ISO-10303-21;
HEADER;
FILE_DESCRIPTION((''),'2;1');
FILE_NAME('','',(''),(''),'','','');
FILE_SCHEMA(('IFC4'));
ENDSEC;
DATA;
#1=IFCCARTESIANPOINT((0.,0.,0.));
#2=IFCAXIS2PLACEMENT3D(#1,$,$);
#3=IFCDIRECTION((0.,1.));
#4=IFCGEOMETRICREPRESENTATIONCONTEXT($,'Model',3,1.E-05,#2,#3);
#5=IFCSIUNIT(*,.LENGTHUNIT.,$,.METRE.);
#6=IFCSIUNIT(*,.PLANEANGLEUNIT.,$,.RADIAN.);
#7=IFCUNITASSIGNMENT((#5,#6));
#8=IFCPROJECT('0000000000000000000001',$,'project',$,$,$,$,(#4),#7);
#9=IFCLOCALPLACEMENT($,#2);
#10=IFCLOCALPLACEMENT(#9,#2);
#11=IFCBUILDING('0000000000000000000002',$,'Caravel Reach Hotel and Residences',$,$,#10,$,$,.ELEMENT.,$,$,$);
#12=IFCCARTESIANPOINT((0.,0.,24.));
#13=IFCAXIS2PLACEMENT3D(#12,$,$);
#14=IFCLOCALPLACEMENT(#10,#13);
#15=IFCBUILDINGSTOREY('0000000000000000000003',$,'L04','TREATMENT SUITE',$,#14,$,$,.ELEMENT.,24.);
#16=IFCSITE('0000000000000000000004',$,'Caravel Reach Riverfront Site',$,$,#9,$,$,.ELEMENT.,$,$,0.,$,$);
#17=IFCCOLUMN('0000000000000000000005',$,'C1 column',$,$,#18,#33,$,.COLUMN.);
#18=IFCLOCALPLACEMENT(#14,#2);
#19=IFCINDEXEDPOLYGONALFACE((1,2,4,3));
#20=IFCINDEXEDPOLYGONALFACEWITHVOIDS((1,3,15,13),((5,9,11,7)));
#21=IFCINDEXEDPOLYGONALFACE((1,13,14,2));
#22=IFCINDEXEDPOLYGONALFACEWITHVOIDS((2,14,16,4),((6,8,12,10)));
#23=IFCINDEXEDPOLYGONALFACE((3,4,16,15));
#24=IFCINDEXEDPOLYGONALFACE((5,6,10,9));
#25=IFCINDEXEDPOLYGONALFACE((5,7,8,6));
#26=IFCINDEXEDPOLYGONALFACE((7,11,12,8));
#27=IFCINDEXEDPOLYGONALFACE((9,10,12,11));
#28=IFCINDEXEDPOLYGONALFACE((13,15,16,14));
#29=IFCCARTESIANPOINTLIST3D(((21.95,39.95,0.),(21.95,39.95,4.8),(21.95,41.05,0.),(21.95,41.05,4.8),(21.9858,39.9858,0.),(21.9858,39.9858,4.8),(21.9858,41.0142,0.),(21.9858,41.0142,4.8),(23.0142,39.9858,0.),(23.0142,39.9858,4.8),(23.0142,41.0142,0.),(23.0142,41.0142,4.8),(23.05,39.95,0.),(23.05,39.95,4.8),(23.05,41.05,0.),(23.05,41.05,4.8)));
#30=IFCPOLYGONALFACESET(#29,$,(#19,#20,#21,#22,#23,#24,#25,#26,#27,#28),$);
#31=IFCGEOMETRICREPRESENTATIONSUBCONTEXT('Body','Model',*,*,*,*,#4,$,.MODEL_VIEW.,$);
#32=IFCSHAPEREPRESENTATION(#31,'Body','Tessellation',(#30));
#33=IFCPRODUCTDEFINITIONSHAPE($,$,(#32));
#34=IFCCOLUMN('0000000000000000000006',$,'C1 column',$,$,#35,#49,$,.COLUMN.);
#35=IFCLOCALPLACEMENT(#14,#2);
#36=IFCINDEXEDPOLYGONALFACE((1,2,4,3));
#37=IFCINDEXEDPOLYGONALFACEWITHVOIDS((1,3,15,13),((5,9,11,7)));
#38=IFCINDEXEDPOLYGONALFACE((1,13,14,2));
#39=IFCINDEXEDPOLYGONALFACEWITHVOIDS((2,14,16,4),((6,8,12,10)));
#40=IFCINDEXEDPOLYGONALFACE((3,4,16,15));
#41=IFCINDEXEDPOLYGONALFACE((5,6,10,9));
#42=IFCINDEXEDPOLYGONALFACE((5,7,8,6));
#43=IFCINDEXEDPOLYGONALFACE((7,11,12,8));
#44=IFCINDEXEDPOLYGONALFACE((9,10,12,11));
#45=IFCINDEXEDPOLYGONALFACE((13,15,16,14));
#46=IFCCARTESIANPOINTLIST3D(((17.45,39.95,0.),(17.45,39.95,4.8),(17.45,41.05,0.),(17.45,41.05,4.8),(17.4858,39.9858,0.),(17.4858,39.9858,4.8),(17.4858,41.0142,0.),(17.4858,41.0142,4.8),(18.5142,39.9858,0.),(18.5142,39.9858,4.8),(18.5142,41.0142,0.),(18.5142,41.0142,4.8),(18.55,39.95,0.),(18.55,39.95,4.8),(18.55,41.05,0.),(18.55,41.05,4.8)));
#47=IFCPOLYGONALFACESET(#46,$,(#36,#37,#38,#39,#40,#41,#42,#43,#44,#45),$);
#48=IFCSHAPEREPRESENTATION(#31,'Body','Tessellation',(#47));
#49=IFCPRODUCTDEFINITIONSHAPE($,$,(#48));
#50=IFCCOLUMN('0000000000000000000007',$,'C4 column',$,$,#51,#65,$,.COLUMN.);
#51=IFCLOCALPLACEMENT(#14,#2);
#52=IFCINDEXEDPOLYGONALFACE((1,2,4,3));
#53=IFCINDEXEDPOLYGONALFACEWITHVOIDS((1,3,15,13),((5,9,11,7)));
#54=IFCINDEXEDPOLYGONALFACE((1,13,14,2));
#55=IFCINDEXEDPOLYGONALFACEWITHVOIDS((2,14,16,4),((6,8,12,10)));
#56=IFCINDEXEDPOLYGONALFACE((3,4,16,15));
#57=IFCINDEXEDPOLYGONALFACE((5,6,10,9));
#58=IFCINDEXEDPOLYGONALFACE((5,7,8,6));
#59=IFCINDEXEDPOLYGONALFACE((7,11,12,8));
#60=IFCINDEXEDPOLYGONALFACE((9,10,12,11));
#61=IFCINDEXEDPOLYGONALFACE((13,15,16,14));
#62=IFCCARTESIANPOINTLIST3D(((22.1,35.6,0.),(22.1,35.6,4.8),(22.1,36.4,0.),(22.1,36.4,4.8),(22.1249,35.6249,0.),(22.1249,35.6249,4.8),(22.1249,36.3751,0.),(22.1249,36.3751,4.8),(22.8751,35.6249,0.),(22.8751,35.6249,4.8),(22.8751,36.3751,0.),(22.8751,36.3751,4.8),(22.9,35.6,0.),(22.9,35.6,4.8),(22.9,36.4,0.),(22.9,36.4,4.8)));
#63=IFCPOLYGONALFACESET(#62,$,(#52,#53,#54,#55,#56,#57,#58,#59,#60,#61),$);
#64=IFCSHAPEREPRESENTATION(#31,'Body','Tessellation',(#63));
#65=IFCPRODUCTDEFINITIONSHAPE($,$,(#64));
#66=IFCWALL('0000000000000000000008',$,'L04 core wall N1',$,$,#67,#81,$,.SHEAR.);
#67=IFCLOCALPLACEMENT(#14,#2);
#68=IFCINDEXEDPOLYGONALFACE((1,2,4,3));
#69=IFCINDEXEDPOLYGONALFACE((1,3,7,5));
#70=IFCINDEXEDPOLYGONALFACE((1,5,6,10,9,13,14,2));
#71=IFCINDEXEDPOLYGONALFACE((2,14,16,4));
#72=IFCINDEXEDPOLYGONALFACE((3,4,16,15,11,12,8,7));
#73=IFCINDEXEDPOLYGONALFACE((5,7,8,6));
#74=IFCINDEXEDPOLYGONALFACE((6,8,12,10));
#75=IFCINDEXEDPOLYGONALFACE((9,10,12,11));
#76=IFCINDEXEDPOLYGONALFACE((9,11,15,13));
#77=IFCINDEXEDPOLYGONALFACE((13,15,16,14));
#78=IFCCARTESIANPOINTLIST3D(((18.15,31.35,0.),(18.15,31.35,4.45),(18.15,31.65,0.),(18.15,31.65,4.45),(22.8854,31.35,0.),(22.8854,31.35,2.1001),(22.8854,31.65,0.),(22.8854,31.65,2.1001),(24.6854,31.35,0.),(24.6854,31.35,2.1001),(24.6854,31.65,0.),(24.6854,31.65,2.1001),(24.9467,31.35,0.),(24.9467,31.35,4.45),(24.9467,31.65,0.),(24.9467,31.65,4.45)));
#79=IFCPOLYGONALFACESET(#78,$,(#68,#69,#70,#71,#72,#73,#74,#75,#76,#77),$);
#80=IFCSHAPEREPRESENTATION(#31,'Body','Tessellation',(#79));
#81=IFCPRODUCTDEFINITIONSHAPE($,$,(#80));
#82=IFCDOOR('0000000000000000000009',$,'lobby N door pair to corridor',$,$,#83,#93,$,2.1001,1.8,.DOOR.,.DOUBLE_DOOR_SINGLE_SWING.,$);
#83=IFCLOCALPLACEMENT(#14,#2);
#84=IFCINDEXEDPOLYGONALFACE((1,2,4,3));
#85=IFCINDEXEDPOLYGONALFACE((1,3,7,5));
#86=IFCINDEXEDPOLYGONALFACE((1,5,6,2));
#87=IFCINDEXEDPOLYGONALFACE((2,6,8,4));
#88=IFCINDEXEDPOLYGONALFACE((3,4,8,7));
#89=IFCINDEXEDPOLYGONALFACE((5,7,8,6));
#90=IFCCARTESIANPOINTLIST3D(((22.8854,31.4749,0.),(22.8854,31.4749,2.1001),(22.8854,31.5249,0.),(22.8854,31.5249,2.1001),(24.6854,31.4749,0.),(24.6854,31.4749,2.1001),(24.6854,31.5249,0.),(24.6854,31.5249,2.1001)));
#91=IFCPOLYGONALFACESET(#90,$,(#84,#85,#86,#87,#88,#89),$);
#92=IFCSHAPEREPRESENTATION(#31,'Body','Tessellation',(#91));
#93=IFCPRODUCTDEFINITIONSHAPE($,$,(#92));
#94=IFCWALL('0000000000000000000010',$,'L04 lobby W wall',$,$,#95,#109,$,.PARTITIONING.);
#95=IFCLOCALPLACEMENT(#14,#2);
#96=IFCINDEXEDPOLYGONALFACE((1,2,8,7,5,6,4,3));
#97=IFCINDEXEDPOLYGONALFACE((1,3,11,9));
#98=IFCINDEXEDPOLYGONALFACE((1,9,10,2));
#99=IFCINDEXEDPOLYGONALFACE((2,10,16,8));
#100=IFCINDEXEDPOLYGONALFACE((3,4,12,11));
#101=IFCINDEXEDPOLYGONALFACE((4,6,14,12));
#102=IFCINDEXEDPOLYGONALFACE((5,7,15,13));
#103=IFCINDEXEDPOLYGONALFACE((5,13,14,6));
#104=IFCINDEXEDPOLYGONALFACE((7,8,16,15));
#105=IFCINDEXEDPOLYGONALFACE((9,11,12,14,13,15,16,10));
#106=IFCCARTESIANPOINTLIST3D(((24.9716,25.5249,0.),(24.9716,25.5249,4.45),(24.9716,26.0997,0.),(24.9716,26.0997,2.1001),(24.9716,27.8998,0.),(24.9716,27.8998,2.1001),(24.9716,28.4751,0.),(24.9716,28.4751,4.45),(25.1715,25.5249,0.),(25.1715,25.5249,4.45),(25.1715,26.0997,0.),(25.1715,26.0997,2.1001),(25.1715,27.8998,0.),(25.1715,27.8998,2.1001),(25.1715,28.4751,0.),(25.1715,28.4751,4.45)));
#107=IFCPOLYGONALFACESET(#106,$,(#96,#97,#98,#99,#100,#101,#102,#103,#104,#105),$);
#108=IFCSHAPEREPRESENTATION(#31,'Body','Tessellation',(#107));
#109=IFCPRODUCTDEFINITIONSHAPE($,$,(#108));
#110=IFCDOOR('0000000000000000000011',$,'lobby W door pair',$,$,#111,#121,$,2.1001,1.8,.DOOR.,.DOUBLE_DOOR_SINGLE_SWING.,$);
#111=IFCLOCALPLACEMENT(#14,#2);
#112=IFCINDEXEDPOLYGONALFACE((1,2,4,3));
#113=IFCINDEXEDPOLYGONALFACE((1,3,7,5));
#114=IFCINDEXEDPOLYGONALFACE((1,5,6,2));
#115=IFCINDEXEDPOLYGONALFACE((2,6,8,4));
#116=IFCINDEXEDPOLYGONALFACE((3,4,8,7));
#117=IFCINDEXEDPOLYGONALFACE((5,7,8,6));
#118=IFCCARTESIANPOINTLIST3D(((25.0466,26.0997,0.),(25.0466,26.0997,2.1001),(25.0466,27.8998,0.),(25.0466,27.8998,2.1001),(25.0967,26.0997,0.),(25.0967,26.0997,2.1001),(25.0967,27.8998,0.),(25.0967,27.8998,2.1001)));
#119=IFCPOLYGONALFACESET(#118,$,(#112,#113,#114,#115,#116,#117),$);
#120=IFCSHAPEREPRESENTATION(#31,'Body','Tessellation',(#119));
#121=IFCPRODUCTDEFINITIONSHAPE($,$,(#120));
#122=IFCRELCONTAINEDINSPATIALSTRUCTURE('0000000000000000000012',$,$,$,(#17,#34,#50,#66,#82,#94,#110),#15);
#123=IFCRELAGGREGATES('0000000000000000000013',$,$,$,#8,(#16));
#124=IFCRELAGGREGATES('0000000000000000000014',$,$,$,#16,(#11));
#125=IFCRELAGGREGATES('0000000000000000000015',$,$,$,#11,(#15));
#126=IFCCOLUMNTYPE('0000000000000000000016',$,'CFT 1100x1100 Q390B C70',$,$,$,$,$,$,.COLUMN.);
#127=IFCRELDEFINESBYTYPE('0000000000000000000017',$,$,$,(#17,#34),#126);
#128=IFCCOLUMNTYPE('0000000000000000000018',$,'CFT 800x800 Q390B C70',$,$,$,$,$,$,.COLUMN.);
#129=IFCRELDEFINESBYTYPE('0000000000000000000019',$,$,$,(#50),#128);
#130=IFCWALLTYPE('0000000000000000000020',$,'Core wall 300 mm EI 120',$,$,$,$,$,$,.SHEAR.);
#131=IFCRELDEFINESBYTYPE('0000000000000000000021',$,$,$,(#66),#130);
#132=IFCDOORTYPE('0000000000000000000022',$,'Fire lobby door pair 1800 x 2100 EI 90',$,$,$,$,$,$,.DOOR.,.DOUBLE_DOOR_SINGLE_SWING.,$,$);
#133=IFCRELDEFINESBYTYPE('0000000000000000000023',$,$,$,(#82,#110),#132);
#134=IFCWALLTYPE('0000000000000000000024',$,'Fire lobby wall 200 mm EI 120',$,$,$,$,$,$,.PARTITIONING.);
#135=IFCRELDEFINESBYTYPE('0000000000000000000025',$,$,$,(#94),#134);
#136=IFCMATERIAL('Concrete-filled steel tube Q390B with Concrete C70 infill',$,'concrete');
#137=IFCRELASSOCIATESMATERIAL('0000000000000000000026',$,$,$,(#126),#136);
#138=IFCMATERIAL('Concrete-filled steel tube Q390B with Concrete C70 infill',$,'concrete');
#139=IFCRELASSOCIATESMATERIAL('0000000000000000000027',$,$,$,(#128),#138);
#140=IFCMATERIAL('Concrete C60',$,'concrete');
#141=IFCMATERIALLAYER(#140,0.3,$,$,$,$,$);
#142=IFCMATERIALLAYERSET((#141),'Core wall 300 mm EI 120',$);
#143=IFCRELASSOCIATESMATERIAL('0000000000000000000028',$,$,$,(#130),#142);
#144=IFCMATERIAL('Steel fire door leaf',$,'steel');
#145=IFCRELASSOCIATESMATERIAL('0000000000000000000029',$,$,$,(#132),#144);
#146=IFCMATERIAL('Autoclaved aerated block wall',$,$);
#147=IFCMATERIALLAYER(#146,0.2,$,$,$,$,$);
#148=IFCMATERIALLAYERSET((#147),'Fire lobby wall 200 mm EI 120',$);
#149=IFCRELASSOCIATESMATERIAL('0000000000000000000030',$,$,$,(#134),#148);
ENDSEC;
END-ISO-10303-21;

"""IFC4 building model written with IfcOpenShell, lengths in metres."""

from ifc_helpers import new_model, si_unit, direction, frame, frame_2d, origin, origin_2d, place, context, subcontext, project, spatial, rectangle, hollow_rectangle, extrude, material, layer, layer_set, material_profile, profile_set, type_object, element, fill, save


model = new_model("IFC4")

# Units and contexts
model_context = context("Model", 3, precision=1e-05, world=origin(), true_north=direction((0.0, 1.0)))
body_context = subcontext(model_context, "Body", "Model", "MODEL_VIEW")
ifc_project = project(units=[si_unit("LENGTHUNIT", "METRE"), si_unit("PLANEANGLEUNIT", "RADIAN")], contexts=[model_context])

# Site, building, storey
site_placement = place(None, origin())
site = spatial("IfcSite", under=ifc_project, at=site_placement, Name="Caravel Reach Riverfront Site", CompositionType="ELEMENT", RefElevation=0.0)
building_placement = place(site_placement, origin())
building = spatial("IfcBuilding", under=site, at=building_placement, Name="Caravel Reach Hotel and Residences", CompositionType="ELEMENT")
storey_placement = place(building_placement, frame((0.0, 0.0, 24.0)))
storey = spatial("IfcBuildingStorey", under=building, at=storey_placement, Name="L04", Description="TREATMENT SUITE", CompositionType="ELEMENT", Elevation=24.0)

# Columns
ifc_material_1 = material(Name="Concrete-filled steel tube Q390B with Concrete C70 infill", Category="concrete")
ifc_material_profile_1 = material_profile(ifc_material_1, hollow_rectangle(XDim=1.1001, YDim=1.1001, WallThickness=0.0359, at=origin_2d()), Name="RHS 1100x1100x36")
ifc_profile_set_1 = profile_set([ifc_material_profile_1], Name="Concrete-filled steel tube Q390B with Concrete C70 infill")
column_type_1 = type_object("IfcColumnType", Name="CFT 1100x1100 Q390B C70", PredefinedType="COLUMN", material=ifc_profile_set_1)
for number, where, z_axis, x_axis, name in (
    (1, (22.5, 40.5, 0.0), (0.0, 0.0, 1.0), (1.0, 0.0, 0.0), "C1 column"),
    (2, (18.0, 40.5, 0.0), (0.0, 0.0, 1.0), (1.0, 0.0, 0.0), "C1 column"),
):
    element("IfcColumn", number, at=place(storey_placement, frame(where, z_axis=z_axis, x_axis=x_axis)), inside=storey, type_object=column_type_1, Name=name, PredefinedType="COLUMN", context=body_context, shape_type="SweptSolid", body=[
        extrude(hollow_rectangle(XDim=1.1001, YDim=1.1001, WallThickness=0.0359, at=origin_2d()), origin(), (0.0, 0.0, 1.0), 4.8),
    ])
ifc_material_2 = material(Name="Concrete-filled steel tube Q390B with Concrete C70 infill", Category="concrete")
ifc_material_profile_2 = material_profile(ifc_material_2, hollow_rectangle(XDim=0.8, YDim=0.8, WallThickness=0.0249, at=origin_2d()), Name="RHS 800x800x25")
ifc_profile_set_2 = profile_set([ifc_material_profile_2], Name="Concrete-filled steel tube Q390B with Concrete C70 infill")
column_type_2 = type_object("IfcColumnType", Name="CFT 800x800 Q390B C70", PredefinedType="COLUMN", material=ifc_profile_set_2)
column_placement = place(storey_placement, frame((22.5, 36.0, 0.0), z_axis=(0.0, 0.0, 1.0), x_axis=(1.0, 0.0, 0.0)))
element("IfcColumn", 3, at=column_placement, inside=storey, type_object=column_type_2, Name="C4 column", PredefinedType="COLUMN", context=body_context, shape_type="SweptSolid", body=[
    extrude(hollow_rectangle(XDim=0.8, YDim=0.8, WallThickness=0.0249, at=origin_2d()), origin(), (0.0, 0.0, 1.0), 4.8),
])

# Walls, openings, doors
ifc_material_3 = material(Name="Concrete C60", Category="concrete")
ifc_layer_1 = layer(ifc_material_3, 0.3)
ifc_layer_set_1 = layer_set([ifc_layer_1], Name="Core wall 300 mm EI 120")
wall_type_1 = type_object("IfcWallType", Name="Core wall 300 mm EI 120", PredefinedType="SHEAR", material=ifc_layer_set_1)
wall_1_placement = place(storey_placement, frame((18.1499, 31.5, 0.0), z_axis=(0.0, 0.0, 1.0), x_axis=(1.0, 0.0, 0.0)))
wall_1 = element("IfcWall", 4, at=wall_1_placement, inside=storey, type_object=wall_type_1, Name="L04 core wall N1", PredefinedType="SHEAR", context=body_context, shape_type="SweptSolid", body=[
    extrude(rectangle(XDim=6.7966, YDim=0.3, at=frame_2d((3.3984, 0.0))), origin(), (0.0, 0.0, 1.0), 4.45),
])
opening_1_placement = place(wall_1_placement, frame((4.7356, 0.0, 0.0)))
opening_1 = element("IfcOpeningElement", 5, at=opening_1_placement, cuts=wall_1, PredefinedType="OPENING", context=body_context, shape_type="SweptSolid", body=[
    extrude(rectangle(XDim=1.8, YDim=2.1001, at=frame_2d((0.8999, 1.05))), frame((0.0, 0.1599, 0.0), z_axis=(0.0, -1.0, 0.0), x_axis=(1.0, 0.0, 0.0)), (0.0, 0.0, 1.0), 0.3201),
])
ifc_material_4 = material(Name="Steel fire door leaf", Category="steel")
door_type_1 = type_object("IfcDoorType", Name="Fire lobby door pair 1800 x 2100 EI 90", OperationType="DOUBLE_DOOR_SINGLE_SWING", PredefinedType="DOOR", material=ifc_material_4)
door_1_placement = place(opening_1_placement, origin())
door_1 = element("IfcDoor", 6, at=door_1_placement, inside=storey, type_object=door_type_1, Name="lobby N door pair to corridor", OperationType="DOUBLE_DOOR_SINGLE_SWING", OverallHeight=2.1001, OverallWidth=1.8, PredefinedType="DOOR", context=body_context, shape_type="SweptSolid", body=[
    extrude(rectangle(XDim=1.8, YDim=2.1001, at=frame_2d((0.8999, 1.05))), frame((0.0, 0.0249, 0.0), z_axis=(0.0, -1.0, 0.0), x_axis=(1.0, 0.0, 0.0)), (0.0, 0.0, 1.0), 0.05),
])
fill(opening_1, door_1)
ifc_material_5 = material(Name="Autoclaved aerated block wall")
ifc_layer_2 = layer(ifc_material_5, 0.2)
ifc_layer_set_2 = layer_set([ifc_layer_2], Name="Fire lobby wall 200 mm EI 120")
wall_type_2 = type_object("IfcWallType", Name="Fire lobby wall 200 mm EI 120", PredefinedType="PARTITIONING", material=ifc_layer_set_2)
wall_2_placement = place(storey_placement, frame((25.0715, 25.5249, 0.0), z_axis=(0.0, 0.0, 1.0), x_axis=(0.0, 1.0, 0.0)))
wall_2 = element("IfcWall", 7, at=wall_2_placement, inside=storey, type_object=wall_type_2, Name="L04 lobby W wall", PredefinedType="PARTITIONING", context=body_context, shape_type="SweptSolid", body=[
    extrude(rectangle(XDim=2.9502, YDim=0.2, at=frame_2d((1.4751, 0.0))), origin(), (0.0, 0.0, 1.0), 4.45),
])
opening_2_placement = place(wall_2_placement, frame((0.575, 0.0, 0.0)))
opening_2 = element("IfcOpeningElement", 8, at=opening_2_placement, cuts=wall_2, PredefinedType="OPENING", context=body_context, shape_type="SweptSolid", body=[
    extrude(rectangle(XDim=1.8, YDim=2.1001, at=frame_2d((0.8999, 1.05))), frame((0.0, 0.1099, 0.0), z_axis=(0.0, -1.0, 0.0), x_axis=(1.0, 0.0, 0.0)), (0.0, 0.0, 1.0), 0.22),
])
door_2_placement = place(opening_2_placement, origin())
door_2 = element("IfcDoor", 9, at=door_2_placement, inside=storey, type_object=door_type_1, Name="lobby W door pair", OperationType="DOUBLE_DOOR_SINGLE_SWING", OverallHeight=2.1001, OverallWidth=1.8, PredefinedType="DOOR", context=body_context, shape_type="SweptSolid", body=[
    extrude(rectangle(XDim=1.8, YDim=2.1001, at=frame_2d((0.8999, 1.05))), frame((0.0, 0.0249, 0.0), z_axis=(0.0, -1.0, 0.0), x_axis=(1.0, 0.0, 0.0)), (0.0, 0.0, 1.0), 0.05),
])
fill(opening_2, door_2)

save(model, "model.ifc")
